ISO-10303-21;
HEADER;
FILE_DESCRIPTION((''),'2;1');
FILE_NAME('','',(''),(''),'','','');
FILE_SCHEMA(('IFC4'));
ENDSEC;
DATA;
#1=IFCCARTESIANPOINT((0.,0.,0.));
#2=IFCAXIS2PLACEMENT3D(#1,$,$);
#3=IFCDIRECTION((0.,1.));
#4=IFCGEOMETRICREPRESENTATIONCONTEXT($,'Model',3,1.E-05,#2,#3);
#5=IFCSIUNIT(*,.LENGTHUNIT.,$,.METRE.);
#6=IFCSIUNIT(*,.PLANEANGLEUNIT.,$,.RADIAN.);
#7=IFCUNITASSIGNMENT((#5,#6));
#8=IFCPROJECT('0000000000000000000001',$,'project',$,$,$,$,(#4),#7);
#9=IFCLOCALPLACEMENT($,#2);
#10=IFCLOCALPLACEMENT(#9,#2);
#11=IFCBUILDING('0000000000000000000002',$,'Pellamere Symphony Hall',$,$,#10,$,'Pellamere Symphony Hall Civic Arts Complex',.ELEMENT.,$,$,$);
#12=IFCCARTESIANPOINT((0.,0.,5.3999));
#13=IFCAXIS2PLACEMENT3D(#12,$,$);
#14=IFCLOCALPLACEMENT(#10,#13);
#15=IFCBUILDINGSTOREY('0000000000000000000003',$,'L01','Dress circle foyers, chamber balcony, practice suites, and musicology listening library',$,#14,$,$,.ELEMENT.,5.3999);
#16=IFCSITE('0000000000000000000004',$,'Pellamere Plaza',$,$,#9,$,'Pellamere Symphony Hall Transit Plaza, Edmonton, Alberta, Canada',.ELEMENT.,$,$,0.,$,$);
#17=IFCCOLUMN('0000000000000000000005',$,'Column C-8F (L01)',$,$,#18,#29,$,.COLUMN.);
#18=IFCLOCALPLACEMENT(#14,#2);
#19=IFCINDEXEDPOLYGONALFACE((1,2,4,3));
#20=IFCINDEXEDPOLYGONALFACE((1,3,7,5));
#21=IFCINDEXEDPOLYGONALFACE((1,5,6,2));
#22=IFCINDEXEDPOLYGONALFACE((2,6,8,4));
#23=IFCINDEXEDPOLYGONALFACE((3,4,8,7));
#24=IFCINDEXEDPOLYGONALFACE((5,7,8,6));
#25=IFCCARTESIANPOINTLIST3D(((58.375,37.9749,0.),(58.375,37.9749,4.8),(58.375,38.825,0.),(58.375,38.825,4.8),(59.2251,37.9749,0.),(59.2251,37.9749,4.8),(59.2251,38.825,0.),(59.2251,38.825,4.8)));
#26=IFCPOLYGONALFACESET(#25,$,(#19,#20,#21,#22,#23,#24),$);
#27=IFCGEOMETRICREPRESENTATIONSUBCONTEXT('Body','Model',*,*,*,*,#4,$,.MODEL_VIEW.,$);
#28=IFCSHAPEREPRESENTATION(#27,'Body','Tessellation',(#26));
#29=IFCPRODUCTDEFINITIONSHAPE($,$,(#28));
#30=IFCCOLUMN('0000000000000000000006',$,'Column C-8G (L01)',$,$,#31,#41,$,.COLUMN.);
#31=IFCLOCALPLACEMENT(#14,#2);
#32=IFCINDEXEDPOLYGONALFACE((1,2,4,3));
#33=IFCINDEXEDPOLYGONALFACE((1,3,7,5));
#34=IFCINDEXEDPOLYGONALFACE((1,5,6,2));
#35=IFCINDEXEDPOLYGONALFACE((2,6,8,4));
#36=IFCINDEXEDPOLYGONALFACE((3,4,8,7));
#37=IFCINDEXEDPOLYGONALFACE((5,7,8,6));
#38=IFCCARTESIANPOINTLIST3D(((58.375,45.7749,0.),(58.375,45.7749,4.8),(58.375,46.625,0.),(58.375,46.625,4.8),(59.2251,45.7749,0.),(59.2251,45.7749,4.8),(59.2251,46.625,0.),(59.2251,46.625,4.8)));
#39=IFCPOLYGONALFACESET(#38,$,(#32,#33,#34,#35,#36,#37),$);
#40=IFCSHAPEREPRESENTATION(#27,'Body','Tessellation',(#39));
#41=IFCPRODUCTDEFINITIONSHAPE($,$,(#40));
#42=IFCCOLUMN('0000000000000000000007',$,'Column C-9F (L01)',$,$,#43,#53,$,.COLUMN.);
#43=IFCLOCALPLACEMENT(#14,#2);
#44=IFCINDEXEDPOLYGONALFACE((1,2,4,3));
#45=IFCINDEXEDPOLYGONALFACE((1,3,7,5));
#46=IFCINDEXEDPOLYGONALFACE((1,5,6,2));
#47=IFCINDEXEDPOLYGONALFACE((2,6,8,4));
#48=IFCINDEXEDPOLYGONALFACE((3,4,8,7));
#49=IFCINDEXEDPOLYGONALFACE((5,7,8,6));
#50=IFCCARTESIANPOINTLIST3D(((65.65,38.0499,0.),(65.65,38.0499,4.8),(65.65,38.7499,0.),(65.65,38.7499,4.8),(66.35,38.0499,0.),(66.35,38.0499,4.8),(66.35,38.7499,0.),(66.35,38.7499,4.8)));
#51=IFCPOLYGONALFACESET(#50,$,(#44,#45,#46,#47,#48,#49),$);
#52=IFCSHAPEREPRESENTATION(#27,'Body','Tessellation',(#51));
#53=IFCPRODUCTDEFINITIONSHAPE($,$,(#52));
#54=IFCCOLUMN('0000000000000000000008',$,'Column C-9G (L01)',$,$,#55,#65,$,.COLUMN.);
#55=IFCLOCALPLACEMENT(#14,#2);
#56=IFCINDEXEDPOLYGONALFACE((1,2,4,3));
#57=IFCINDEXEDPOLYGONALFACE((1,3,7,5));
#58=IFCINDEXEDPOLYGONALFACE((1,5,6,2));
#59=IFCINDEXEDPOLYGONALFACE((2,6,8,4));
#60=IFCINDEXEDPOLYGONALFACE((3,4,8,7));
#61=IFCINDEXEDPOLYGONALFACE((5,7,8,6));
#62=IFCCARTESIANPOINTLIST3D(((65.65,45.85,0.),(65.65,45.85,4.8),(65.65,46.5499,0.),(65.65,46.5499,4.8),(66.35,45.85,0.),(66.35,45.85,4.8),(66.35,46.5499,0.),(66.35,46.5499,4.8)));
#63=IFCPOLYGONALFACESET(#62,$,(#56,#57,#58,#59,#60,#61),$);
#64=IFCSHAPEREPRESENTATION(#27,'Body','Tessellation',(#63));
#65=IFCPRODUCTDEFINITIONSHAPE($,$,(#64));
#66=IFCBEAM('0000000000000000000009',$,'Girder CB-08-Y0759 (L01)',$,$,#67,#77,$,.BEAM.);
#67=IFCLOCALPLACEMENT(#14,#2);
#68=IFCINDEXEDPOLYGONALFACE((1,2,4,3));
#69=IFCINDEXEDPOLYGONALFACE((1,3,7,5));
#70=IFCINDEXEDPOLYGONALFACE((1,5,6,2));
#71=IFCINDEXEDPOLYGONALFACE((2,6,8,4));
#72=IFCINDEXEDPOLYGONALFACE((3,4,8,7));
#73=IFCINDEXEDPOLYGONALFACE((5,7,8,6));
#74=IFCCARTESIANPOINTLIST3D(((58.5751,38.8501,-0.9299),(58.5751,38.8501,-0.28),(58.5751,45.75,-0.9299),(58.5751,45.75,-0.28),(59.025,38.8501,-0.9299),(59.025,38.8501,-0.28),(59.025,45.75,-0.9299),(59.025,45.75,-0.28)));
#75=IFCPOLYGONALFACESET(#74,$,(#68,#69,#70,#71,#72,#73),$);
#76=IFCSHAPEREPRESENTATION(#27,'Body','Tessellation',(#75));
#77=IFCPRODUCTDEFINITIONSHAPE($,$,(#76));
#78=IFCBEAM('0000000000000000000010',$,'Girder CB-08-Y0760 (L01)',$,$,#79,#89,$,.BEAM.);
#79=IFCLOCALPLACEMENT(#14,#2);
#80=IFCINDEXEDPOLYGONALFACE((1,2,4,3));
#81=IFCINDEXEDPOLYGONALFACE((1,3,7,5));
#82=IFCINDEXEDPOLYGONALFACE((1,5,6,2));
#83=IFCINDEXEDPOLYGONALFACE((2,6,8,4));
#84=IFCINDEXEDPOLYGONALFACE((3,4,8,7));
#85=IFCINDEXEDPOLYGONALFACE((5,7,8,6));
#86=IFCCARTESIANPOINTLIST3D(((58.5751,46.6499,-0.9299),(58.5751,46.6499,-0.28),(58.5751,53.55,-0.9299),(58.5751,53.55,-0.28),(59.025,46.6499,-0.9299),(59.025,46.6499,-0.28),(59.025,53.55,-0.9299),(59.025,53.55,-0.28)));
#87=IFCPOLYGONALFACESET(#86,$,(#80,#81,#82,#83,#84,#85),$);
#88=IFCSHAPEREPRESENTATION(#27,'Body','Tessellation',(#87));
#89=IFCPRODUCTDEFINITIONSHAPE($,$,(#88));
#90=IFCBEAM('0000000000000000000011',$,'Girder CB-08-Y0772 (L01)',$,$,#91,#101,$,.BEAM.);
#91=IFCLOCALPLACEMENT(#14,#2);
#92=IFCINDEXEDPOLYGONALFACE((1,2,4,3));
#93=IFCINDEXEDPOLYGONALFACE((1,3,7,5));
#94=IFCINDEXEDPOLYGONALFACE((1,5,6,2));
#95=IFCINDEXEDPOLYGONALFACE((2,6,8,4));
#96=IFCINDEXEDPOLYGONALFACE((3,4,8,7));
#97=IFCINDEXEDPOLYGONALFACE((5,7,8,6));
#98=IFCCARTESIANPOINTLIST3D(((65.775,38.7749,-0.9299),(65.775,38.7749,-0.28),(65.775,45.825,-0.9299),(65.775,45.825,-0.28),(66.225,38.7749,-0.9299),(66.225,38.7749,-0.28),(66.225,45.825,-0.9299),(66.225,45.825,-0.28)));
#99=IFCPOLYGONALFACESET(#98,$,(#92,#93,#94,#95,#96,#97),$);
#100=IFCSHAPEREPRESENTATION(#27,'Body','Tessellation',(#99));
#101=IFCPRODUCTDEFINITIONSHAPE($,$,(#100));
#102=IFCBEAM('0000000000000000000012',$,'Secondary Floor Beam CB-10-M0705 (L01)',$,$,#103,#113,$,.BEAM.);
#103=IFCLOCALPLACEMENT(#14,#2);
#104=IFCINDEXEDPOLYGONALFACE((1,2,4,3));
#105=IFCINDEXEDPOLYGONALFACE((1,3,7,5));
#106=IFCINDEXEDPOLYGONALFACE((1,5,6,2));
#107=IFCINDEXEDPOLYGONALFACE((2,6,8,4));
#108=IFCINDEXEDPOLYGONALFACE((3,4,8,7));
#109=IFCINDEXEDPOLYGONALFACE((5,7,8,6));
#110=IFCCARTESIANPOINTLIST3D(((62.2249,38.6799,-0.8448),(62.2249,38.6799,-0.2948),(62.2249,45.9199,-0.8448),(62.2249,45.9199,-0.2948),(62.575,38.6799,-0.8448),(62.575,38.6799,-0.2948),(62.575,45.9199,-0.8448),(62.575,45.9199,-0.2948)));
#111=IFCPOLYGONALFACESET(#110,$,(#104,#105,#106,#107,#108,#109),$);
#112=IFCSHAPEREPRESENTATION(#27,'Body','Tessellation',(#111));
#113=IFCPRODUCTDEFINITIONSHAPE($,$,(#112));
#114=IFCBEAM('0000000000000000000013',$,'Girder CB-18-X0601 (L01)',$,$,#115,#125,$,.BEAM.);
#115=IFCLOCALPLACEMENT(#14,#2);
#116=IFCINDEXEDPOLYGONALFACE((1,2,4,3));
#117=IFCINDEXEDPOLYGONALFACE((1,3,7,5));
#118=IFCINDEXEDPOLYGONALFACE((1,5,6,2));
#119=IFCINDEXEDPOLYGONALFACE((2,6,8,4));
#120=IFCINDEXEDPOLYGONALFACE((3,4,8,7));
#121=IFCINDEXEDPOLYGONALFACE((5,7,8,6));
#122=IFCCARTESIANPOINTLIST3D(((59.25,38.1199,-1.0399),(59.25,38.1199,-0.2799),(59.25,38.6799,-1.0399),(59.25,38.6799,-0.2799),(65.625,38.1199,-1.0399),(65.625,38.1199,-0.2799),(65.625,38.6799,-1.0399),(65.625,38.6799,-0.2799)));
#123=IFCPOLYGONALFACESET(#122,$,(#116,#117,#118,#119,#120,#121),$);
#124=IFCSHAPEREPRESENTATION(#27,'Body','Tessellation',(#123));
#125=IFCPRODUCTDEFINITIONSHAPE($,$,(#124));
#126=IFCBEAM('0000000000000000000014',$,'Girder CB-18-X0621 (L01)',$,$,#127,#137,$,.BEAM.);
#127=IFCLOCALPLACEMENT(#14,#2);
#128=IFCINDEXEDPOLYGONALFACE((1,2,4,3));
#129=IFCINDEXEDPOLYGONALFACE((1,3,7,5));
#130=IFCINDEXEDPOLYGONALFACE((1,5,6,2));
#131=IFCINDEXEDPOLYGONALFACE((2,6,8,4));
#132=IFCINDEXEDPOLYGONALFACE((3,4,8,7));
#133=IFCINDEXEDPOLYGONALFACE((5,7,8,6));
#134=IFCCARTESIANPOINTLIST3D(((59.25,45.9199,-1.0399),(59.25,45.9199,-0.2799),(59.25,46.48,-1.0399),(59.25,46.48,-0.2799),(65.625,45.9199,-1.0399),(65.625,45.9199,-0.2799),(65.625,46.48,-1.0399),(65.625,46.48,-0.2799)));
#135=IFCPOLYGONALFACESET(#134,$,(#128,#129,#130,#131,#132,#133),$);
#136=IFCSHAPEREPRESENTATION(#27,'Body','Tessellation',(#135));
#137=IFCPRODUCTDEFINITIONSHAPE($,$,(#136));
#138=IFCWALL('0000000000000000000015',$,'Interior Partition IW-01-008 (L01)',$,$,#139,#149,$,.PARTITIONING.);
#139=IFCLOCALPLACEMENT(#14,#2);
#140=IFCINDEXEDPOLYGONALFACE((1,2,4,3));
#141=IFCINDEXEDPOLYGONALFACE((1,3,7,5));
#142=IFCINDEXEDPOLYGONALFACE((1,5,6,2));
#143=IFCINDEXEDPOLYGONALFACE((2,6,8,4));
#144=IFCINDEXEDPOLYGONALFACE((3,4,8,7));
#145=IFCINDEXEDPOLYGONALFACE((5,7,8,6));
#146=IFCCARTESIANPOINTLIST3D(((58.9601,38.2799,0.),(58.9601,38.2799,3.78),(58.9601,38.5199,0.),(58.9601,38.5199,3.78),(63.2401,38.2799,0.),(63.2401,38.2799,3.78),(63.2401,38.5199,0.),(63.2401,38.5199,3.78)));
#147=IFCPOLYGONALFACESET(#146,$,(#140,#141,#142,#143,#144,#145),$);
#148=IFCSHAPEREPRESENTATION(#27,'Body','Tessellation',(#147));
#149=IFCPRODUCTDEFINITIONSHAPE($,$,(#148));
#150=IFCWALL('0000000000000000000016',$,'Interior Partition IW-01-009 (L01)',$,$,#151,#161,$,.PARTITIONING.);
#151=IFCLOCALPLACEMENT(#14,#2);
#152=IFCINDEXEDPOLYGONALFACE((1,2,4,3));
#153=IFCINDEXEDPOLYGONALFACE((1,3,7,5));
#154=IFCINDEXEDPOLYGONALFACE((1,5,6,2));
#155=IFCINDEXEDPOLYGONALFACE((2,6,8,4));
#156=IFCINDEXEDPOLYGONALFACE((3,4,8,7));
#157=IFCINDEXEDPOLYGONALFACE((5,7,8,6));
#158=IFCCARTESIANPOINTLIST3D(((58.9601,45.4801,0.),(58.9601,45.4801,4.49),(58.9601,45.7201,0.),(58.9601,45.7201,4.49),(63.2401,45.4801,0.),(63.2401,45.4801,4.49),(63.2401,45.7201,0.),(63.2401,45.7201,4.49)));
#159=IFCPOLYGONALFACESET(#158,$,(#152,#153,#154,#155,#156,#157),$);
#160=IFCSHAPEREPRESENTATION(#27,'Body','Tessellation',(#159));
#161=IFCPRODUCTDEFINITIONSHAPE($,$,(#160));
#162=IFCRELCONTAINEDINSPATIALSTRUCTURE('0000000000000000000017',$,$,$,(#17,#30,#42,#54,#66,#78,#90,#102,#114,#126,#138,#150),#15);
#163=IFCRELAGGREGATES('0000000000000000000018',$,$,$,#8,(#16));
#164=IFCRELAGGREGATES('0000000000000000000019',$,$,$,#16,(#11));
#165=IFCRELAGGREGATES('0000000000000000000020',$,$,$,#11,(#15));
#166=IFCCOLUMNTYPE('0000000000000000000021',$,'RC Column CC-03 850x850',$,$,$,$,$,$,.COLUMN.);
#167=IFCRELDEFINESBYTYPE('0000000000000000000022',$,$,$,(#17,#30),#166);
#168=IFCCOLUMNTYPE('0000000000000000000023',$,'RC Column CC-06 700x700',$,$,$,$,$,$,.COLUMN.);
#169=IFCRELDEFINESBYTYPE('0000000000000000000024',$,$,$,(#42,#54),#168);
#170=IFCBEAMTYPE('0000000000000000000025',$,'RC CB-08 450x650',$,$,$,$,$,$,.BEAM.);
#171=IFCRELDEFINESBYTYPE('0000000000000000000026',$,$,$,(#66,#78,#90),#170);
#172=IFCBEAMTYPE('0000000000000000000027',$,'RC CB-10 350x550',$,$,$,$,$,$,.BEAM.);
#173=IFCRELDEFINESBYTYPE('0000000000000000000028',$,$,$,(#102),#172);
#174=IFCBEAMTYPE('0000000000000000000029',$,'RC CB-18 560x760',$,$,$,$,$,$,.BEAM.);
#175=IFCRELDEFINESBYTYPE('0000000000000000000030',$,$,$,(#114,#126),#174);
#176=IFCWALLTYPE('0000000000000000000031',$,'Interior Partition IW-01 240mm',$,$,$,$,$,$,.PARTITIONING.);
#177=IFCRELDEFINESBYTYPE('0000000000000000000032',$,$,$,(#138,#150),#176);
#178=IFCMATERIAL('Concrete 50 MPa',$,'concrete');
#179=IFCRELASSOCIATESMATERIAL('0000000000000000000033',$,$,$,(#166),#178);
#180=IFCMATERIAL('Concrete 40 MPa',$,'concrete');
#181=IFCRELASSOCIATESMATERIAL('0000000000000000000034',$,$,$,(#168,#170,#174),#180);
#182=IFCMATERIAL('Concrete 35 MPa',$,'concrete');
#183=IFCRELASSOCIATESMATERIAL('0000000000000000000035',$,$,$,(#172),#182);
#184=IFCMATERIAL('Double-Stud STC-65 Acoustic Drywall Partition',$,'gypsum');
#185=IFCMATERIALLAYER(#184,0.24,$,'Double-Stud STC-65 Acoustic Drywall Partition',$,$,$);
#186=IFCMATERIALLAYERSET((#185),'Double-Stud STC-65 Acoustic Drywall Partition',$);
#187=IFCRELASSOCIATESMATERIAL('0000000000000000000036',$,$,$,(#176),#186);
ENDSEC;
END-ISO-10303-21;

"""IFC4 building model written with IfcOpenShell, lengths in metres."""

from ifc_helpers import new_model, si_unit, direction, frame, frame_2d, origin, origin_2d, place, context, subcontext, project, spatial, rectangle, extrude, material, layer, layer_set, material_profile, profile_set, type_object, element, save


model = new_model("IFC4")

# Units and contexts
model_context = context("Model", 3, precision=1e-05, world=origin(), true_north=direction((0.0, 1.0)))
body_context = subcontext(model_context, "Body", "Model", "MODEL_VIEW")
ifc_project = project(units=[si_unit("LENGTHUNIT", "METRE"), si_unit("PLANEANGLEUNIT", "RADIAN")], contexts=[model_context])

# Site, building, storey
site_placement = place(None, origin())
site = spatial("IfcSite", under=ifc_project, at=site_placement, Name="Pellamere Plaza", LongName="Pellamere Symphony Hall Transit Plaza, Edmonton, Alberta, Canada", CompositionType="ELEMENT", RefElevation=0.0)
building_placement = place(site_placement, origin())
building = spatial("IfcBuilding", under=site, at=building_placement, Name="Pellamere Symphony Hall", LongName="Pellamere Symphony Hall Civic Arts Complex", CompositionType="ELEMENT")
storey_placement = place(building_placement, frame((0.0, 0.0, 5.3999)))
storey = spatial("IfcBuildingStorey", under=building, at=storey_placement, Name="L01", Description="Dress circle foyers, chamber balcony, practice suites, and musicology listening library", CompositionType="ELEMENT", Elevation=5.3999)

# Columns
ifc_material_1 = material(Name="Concrete 50 MPa", Category="concrete")
ifc_material_profile_1 = material_profile(ifc_material_1, rectangle(XDim=0.8501, YDim=0.8501, at=origin_2d()), Name="RC 850x850")
ifc_profile_set_1 = profile_set([ifc_material_profile_1], Name="Concrete 50 MPa")
column_type_1 = type_object("IfcColumnType", Name="RC Column CC-03 850x850", PredefinedType="COLUMN", material=ifc_profile_set_1)
for number, where, z_axis, x_axis, name in (
    (1, (58.8, 38.3999, 0.0), (0.0, 0.0, 1.0), (1.0, 0.0, 0.0), "Column C-8F (L01)"),
    (2, (58.8, 46.2, 0.0), (0.0, 0.0, 1.0), (1.0, 0.0, 0.0), "Column C-8G (L01)"),
):
    element("IfcColumn", number, at=place(storey_placement, frame(where, z_axis=z_axis, x_axis=x_axis)), inside=storey, type_object=column_type_1, Name=name, PredefinedType="COLUMN", context=body_context, shape_type="SweptSolid", body=[
        extrude(rectangle(XDim=0.8501, YDim=0.8501, at=origin_2d()), origin(), (0.0, 0.0, 1.0), 4.8),
    ])
ifc_material_2 = material(Name="Concrete 40 MPa", Category="concrete")
ifc_material_profile_2 = material_profile(ifc_material_2, rectangle(XDim=0.7, YDim=0.7, at=origin_2d()), Name="RC 700x700")
ifc_profile_set_2 = profile_set([ifc_material_profile_2], Name="Concrete 40 MPa")
column_type_2 = type_object("IfcColumnType", Name="RC Column CC-06 700x700", PredefinedType="COLUMN", material=ifc_profile_set_2)
for number, where, z_axis, x_axis, name in (
    (3, (66.0, 38.3999, 0.0), (0.0, 0.0, 1.0), (1.0, 0.0, 0.0), "Column C-9F (L01)"),
    (4, (66.0, 46.2, 0.0), (0.0, 0.0, 1.0), (1.0, 0.0, 0.0), "Column C-9G (L01)"),
):
    element("IfcColumn", number, at=place(storey_placement, frame(where, z_axis=z_axis, x_axis=x_axis)), inside=storey, type_object=column_type_2, Name=name, PredefinedType="COLUMN", context=body_context, shape_type="SweptSolid", body=[
        extrude(rectangle(XDim=0.7, YDim=0.7, at=origin_2d()), origin(), (0.0, 0.0, 1.0), 4.8),
    ])

# Beams
ifc_material_profile_3 = material_profile(ifc_material_2, rectangle(XDim=0.45, YDim=0.6499, at=origin_2d()), Name="RC 450x650")
ifc_profile_set_3 = profile_set([ifc_material_profile_3], Name="Concrete 40 MPa")
beam_type_1 = type_object("IfcBeamType", Name="RC CB-08 450x650", PredefinedType="BEAM", material=ifc_profile_set_3)
beam_1_placement = place(storey_placement, frame((58.8, 38.8501, -0.605), z_axis=(0.0, 1.0, 0.0), x_axis=(-1.0, 0.0, 0.0)))
element("IfcBeam", 5, at=beam_1_placement, inside=storey, type_object=beam_type_1, Name="Girder CB-08-Y0759 (L01)", PredefinedType="BEAM", context=body_context, shape_type="SweptSolid", body=[
    extrude(rectangle(XDim=0.45, YDim=0.6499, at=origin_2d()), origin(), (0.0, 0.0, 1.0), 6.8999),
])
beam_2_placement = place(storey_placement, frame((58.8, 46.6499, -0.605), z_axis=(0.0, 1.0, 0.0), x_axis=(-1.0, 0.0, 0.0)))
element("IfcBeam", 6, at=beam_2_placement, inside=storey, type_object=beam_type_1, Name="Girder CB-08-Y0760 (L01)", PredefinedType="BEAM", context=body_context, shape_type="SweptSolid", body=[
    extrude(rectangle(XDim=0.45, YDim=0.6499, at=origin_2d()), origin(), (0.0, 0.0, 1.0), 6.9001),
])
beam_3_placement = place(storey_placement, frame((66.0, 38.7749, -0.605), z_axis=(0.0, 1.0, 0.0), x_axis=(-1.0, 0.0, 0.0)))
element("IfcBeam", 7, at=beam_3_placement, inside=storey, type_object=beam_type_1, Name="Girder CB-08-Y0772 (L01)", PredefinedType="BEAM", context=body_context, shape_type="SweptSolid", body=[
    extrude(rectangle(XDim=0.45, YDim=0.6499, at=origin_2d()), origin(), (0.0, 0.0, 1.0), 7.05),
])
ifc_material_3 = material(Name="Concrete 35 MPa", Category="concrete")
ifc_material_profile_4 = material_profile(ifc_material_3, rectangle(XDim=0.3501, YDim=0.55, at=origin_2d()), Name="RC 350x550")
ifc_profile_set_4 = profile_set([ifc_material_profile_4], Name="Concrete 35 MPa")
beam_type_2 = type_object("IfcBeamType", Name="RC CB-10 350x550", PredefinedType="BEAM", material=ifc_profile_set_4)
beam_4_placement = place(storey_placement, frame((62.3999, 38.6799, -0.5698), z_axis=(0.0, 1.0, 0.0), x_axis=(-1.0, 0.0, 0.0)))
element("IfcBeam", 8, at=beam_4_placement, inside=storey, type_object=beam_type_2, Name="Secondary Floor Beam CB-10-M0705 (L01)", PredefinedType="BEAM", context=body_context, shape_type="SweptSolid", body=[
    extrude(rectangle(XDim=0.3501, YDim=0.55, at=origin_2d()), origin(), (0.0, 0.0, 1.0), 7.24),
])
ifc_material_profile_5 = material_profile(ifc_material_2, rectangle(XDim=0.5601, YDim=0.76, at=origin_2d()), Name="RC 560x760")
ifc_profile_set_5 = profile_set([ifc_material_profile_5], Name="Concrete 40 MPa")
beam_type_3 = type_object("IfcBeamType", Name="RC CB-18 560x760", PredefinedType="BEAM", material=ifc_profile_set_5)
for number, where, z_axis, x_axis, name in (
    (9, (59.25, 38.3999, -0.6599), (1.0, 0.0, 0.0), (0.0, 1.0, 0.0), "Girder CB-18-X0601 (L01)"),
    (10, (59.25, 46.2, -0.6599), (1.0, 0.0, 0.0), (0.0, 1.0, 0.0), "Girder CB-18-X0621 (L01)"),
):
    element("IfcBeam", number, at=place(storey_placement, frame(where, z_axis=z_axis, x_axis=x_axis)), inside=storey, type_object=beam_type_3, Name=name, PredefinedType="BEAM", context=body_context, shape_type="SweptSolid", body=[
        extrude(rectangle(XDim=0.5601, YDim=0.76, at=origin_2d()), origin(), (0.0, 0.0, 1.0), 6.375),
    ])

# Walls
ifc_material_4 = material(Name="Double-Stud STC-65 Acoustic Drywall Partition", Category="gypsum")
ifc_layer_1 = layer(ifc_material_4, 0.24, Name="Double-Stud STC-65 Acoustic Drywall Partition")
ifc_layer_set_1 = layer_set([ifc_layer_1], Name="Double-Stud STC-65 Acoustic Drywall Partition")
wall_type_1 = type_object("IfcWallType", Name="Interior Partition IW-01 240mm", PredefinedType="PARTITIONING", material=ifc_layer_set_1)
wall_1_placement = place(storey_placement, frame((58.96, 38.3999, 0.0), z_axis=(0.0, 0.0, 1.0), x_axis=(1.0, 0.0, 0.0)))
element("IfcWall", 11, at=wall_1_placement, inside=storey, type_object=wall_type_1, Name="Interior Partition IW-01-008 (L01)", PredefinedType="PARTITIONING", context=body_context, shape_type="SweptSolid", body=[
    extrude(rectangle(XDim=4.28, YDim=0.24, at=frame_2d((2.1401, 0.0))), origin(), (0.0, 0.0, 1.0), 3.78),
])
wall_2_placement = place(storey_placement, frame((58.96, 45.6001, 0.0), z_axis=(0.0, 0.0, 1.0), x_axis=(1.0, 0.0, 0.0)))
element("IfcWall", 12, at=wall_2_placement, inside=storey, type_object=wall_type_1, Name="Interior Partition IW-01-009 (L01)", PredefinedType="PARTITIONING", context=body_context, shape_type="SweptSolid", body=[
    extrude(rectangle(XDim=4.28, YDim=0.24, at=frame_2d((2.1401, 0.0))), origin(), (0.0, 0.0, 1.0), 4.49),
])

save(model, "model.ifc")
